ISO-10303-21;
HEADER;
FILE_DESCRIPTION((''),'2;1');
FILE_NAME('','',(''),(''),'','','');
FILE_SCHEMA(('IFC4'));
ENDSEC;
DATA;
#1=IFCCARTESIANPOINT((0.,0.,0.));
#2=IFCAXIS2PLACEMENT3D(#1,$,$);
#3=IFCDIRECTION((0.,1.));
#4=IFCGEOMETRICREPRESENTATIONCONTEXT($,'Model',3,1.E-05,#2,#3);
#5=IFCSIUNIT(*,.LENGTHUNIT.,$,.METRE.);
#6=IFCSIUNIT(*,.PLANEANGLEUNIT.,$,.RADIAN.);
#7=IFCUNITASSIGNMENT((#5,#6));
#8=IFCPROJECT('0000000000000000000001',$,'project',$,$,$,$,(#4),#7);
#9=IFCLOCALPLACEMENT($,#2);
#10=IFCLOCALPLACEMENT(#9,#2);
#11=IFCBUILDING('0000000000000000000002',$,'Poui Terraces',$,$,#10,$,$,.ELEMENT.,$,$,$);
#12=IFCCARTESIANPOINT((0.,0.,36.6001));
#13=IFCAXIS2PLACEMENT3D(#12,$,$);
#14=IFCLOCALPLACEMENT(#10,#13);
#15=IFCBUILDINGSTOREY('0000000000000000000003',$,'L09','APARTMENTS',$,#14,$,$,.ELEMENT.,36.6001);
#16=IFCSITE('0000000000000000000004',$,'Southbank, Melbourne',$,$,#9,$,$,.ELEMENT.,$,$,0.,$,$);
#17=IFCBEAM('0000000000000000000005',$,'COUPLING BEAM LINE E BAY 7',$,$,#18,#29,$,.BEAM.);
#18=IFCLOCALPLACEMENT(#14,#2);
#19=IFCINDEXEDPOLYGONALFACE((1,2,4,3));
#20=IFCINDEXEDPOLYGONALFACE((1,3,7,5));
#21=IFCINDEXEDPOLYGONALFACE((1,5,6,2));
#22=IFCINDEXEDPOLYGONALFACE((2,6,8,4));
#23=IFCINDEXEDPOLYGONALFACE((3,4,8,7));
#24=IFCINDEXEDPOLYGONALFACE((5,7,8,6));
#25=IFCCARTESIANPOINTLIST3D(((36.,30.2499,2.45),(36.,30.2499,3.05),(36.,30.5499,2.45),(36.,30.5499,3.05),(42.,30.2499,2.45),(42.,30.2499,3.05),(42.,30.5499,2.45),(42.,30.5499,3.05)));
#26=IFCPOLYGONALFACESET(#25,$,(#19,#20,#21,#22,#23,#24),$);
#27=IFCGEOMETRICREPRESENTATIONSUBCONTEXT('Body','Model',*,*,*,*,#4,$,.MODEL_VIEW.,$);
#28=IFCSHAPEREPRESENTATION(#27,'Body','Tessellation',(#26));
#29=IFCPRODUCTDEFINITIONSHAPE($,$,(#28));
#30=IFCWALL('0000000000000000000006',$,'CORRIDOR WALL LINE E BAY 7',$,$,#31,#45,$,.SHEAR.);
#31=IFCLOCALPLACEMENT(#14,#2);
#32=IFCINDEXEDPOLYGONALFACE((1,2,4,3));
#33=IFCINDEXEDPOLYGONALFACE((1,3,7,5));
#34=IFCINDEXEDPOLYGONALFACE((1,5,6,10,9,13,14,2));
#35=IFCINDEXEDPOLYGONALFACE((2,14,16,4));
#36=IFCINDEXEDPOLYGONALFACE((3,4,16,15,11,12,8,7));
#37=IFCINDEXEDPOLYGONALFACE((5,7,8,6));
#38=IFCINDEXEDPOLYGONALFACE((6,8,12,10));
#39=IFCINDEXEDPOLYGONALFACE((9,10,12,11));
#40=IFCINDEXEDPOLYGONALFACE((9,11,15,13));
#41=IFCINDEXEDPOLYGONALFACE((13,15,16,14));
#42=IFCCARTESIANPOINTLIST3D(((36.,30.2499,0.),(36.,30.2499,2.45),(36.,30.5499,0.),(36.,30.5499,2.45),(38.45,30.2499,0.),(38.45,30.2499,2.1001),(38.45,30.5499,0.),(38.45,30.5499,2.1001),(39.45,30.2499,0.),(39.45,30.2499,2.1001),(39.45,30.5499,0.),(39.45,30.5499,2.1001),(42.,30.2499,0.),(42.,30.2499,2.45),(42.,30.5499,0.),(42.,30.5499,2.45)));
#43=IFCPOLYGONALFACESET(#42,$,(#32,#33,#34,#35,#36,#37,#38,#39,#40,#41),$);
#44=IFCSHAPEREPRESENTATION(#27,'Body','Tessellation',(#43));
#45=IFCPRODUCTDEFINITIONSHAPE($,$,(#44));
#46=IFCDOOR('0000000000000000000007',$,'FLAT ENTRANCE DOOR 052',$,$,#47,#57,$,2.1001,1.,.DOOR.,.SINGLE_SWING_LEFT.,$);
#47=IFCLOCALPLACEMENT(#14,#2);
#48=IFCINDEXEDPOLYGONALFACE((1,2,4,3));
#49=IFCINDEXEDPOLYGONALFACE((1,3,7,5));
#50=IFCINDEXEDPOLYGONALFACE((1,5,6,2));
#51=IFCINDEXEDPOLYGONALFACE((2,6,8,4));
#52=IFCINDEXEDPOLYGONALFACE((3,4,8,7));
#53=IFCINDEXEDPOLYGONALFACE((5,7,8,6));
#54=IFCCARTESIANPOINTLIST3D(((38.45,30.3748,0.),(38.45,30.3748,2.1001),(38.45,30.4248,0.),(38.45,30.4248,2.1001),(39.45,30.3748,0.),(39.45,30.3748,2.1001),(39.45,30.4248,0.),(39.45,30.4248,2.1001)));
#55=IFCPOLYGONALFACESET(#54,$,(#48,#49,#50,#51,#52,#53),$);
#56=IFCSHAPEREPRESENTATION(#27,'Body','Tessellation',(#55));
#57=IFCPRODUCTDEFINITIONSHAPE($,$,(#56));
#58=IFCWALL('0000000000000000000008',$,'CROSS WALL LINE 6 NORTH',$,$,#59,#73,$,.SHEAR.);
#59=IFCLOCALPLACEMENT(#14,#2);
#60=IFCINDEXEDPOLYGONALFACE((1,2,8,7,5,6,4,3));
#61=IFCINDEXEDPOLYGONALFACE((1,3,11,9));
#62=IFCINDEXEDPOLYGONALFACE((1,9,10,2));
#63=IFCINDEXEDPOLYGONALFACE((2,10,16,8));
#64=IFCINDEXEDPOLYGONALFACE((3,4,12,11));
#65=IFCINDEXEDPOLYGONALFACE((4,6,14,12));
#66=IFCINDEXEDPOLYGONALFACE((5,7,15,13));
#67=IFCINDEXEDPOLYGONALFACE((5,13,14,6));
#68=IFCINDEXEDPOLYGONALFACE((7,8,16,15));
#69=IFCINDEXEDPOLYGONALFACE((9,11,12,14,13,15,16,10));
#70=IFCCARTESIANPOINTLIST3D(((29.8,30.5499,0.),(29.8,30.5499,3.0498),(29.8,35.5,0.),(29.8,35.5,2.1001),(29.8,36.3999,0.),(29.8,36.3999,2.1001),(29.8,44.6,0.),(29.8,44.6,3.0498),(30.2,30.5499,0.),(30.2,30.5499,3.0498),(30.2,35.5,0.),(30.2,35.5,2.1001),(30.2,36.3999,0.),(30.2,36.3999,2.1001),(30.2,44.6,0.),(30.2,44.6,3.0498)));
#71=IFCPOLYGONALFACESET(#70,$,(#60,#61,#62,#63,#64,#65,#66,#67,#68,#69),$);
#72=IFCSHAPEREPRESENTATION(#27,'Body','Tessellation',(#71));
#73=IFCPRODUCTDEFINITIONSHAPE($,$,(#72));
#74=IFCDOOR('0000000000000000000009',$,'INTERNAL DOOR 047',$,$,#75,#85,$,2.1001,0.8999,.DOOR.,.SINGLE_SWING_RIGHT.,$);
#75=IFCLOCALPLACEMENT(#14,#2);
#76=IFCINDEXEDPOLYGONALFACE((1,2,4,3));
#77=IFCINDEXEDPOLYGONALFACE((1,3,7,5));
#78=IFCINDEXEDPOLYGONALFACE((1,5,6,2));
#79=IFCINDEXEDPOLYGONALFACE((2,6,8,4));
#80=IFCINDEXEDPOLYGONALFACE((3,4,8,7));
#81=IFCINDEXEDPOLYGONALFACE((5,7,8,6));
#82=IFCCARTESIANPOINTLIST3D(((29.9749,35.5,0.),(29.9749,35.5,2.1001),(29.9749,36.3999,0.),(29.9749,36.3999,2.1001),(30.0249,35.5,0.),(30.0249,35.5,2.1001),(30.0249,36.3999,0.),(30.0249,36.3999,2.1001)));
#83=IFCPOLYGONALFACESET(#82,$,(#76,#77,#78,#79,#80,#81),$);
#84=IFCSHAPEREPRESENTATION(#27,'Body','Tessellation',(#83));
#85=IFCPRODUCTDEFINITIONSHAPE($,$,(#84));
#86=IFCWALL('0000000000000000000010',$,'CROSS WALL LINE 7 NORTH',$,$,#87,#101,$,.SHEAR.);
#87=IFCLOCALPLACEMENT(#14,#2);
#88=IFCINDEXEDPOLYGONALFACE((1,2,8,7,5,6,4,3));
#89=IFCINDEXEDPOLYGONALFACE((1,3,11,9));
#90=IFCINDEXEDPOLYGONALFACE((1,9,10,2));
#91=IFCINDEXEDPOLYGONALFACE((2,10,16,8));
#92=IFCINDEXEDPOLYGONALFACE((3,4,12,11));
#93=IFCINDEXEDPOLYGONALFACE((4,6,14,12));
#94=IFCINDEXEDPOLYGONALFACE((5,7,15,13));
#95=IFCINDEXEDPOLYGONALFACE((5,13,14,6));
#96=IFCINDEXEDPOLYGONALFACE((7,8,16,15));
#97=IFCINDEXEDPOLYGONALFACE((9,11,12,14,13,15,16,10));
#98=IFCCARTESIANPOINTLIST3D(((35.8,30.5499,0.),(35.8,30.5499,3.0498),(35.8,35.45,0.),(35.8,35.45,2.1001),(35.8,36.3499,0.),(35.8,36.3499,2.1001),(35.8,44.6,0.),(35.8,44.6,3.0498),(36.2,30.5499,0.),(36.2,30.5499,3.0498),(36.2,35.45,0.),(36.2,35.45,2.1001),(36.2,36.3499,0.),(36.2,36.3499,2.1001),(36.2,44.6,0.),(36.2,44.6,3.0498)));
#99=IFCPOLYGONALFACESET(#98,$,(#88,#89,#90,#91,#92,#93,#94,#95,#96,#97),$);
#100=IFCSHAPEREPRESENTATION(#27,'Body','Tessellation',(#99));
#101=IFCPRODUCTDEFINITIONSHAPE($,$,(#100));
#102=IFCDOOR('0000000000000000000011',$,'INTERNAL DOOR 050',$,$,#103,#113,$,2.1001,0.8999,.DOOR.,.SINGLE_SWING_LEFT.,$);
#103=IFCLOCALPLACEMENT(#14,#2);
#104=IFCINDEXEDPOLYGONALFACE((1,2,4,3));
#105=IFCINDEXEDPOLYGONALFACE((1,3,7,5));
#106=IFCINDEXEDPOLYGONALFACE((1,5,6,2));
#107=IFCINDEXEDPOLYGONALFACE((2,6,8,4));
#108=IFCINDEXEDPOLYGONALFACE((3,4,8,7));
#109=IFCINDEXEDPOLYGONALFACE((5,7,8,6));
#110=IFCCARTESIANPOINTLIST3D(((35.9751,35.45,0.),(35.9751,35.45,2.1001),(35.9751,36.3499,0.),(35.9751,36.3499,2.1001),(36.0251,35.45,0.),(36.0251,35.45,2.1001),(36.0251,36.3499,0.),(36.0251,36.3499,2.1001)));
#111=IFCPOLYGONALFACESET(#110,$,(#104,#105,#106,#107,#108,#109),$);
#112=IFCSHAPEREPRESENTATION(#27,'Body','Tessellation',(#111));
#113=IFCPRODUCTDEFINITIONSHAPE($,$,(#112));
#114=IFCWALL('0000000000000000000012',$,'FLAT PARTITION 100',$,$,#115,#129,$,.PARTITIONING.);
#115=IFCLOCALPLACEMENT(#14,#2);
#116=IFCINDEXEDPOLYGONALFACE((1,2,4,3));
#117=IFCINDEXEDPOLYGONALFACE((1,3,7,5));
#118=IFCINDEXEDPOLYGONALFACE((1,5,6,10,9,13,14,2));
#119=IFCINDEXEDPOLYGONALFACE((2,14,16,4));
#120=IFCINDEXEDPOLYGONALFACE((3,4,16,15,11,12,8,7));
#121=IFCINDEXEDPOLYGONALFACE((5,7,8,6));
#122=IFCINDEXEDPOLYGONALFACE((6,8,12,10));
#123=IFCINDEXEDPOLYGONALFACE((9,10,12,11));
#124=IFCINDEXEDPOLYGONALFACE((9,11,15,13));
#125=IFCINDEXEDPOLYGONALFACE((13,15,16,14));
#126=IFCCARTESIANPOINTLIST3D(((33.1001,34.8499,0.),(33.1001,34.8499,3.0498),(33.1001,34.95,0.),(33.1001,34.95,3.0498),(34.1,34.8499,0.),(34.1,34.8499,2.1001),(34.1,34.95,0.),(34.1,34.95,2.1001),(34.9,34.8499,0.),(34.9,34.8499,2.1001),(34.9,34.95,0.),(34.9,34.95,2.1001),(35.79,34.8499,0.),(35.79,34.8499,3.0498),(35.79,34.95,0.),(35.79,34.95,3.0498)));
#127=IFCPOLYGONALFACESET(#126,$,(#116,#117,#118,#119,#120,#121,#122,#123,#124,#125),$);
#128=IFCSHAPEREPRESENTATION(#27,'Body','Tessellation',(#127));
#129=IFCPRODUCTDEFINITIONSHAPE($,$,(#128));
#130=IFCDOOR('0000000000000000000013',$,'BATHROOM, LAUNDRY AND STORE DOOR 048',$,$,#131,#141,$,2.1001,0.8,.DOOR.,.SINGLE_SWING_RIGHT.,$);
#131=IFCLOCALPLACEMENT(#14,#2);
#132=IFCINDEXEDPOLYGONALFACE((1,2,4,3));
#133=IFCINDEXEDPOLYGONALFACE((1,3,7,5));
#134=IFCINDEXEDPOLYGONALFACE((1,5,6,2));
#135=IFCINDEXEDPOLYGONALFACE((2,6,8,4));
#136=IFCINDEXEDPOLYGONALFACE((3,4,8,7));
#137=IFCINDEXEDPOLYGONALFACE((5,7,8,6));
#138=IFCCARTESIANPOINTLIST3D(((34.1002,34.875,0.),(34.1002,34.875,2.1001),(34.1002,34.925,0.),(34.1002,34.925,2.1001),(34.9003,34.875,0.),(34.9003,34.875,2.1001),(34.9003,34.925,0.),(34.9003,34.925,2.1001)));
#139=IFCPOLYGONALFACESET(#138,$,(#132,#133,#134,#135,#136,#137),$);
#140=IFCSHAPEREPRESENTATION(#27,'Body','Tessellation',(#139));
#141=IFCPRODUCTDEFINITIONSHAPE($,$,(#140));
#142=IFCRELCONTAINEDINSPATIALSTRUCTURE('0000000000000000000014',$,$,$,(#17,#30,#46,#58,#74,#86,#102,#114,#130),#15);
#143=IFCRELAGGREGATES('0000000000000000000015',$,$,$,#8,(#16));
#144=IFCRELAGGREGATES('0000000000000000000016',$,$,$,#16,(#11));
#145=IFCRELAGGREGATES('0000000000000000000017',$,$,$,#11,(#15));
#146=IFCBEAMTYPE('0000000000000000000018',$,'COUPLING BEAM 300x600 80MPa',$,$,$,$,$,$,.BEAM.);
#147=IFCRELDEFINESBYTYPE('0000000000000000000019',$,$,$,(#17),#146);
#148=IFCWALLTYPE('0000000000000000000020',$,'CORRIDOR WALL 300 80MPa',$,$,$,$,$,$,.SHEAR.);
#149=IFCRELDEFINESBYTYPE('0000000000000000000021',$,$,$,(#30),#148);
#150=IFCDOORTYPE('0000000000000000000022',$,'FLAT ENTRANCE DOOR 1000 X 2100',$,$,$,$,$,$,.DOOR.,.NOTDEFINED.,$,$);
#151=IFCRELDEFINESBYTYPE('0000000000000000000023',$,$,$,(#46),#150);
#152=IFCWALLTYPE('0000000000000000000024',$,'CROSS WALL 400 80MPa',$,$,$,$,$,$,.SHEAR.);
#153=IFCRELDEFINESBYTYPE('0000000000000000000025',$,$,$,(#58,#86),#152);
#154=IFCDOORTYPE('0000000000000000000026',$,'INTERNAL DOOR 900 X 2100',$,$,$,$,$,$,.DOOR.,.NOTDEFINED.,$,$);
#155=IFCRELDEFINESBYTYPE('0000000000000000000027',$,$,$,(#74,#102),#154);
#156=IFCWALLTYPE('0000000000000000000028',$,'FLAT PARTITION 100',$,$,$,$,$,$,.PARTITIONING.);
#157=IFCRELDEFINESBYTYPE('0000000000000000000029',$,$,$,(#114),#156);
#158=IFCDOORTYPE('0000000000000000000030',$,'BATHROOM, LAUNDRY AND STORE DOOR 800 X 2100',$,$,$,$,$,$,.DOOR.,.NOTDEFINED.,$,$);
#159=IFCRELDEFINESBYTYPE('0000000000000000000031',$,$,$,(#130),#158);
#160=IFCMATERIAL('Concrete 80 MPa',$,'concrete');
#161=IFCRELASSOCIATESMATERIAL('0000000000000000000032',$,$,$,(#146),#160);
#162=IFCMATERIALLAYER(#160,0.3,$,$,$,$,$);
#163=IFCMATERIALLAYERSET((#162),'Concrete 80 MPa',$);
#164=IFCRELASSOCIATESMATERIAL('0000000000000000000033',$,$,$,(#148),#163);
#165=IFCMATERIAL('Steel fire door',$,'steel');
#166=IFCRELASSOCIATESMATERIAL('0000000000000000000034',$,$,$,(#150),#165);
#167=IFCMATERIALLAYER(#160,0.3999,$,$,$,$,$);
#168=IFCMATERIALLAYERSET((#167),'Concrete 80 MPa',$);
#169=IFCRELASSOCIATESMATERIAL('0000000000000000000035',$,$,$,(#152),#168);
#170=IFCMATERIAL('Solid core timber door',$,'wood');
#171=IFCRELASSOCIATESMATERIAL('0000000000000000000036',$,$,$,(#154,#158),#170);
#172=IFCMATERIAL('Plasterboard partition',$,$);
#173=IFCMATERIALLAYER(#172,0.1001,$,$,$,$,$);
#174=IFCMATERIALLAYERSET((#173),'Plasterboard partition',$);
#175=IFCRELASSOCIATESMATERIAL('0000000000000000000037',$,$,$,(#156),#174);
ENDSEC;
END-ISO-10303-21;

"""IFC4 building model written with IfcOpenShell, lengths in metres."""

from ifc_helpers import new_model, si_unit, direction, frame, frame_2d, origin, origin_2d, place, context, subcontext, project, spatial, rectangle, extrude, source, transform, mapped, material, layer, layer_set, material_profile, profile_set, type_object, element, fill, save


model = new_model("IFC4")

# Units and contexts
model_context = context("Model", 3, precision=1e-05, world=origin(), true_north=direction((0.0, 1.0)))
body_context = subcontext(model_context, "Body", "Model", "MODEL_VIEW")
ifc_project = project(units=[si_unit("LENGTHUNIT", "METRE"), si_unit("PLANEANGLEUNIT", "RADIAN")], contexts=[model_context])

# Site, building, storey
site_placement = place(None, origin())
site = spatial("IfcSite", under=ifc_project, at=site_placement, Name="Southbank, Melbourne", CompositionType="ELEMENT", RefElevation=0.0)
building_placement = place(site_placement, origin())
building = spatial("IfcBuilding", under=site, at=building_placement, Name="Poui Terraces", CompositionType="ELEMENT")
storey_placement = place(building_placement, frame((0.0, 0.0, 36.6001)))
storey = spatial("IfcBuildingStorey", under=building, at=storey_placement, Name="L09", Description="APARTMENTS", CompositionType="ELEMENT", Elevation=36.6001)

# Beam
ifc_material_1 = material(Name="Concrete 80 MPa", Category="concrete")
ifc_material_profile_1 = material_profile(ifc_material_1, rectangle(XDim=0.3, YDim=0.6001, at=origin_2d()), Name="RC 300x600")
ifc_profile_set_1 = profile_set([ifc_material_profile_1], Name="Concrete 80 MPa")
beam_type = type_object("IfcBeamType", Name="COUPLING BEAM 300x600 80MPa", PredefinedType="BEAM", material=ifc_profile_set_1)
shared_shape_1 = source(origin(), body_context, "Body", "SweptSolid", [
    extrude(rectangle(XDim=0.3, YDim=0.6001, at=origin_2d()), origin(), (0.0, 0.0, 1.0), 6.0),
])
beam_placement = place(storey_placement, frame((36.0, 30.3999, 2.75), z_axis=(1.0, 0.0, 0.0), x_axis=(0.0, 1.0, 0.0)))
element("IfcBeam", 1, at=beam_placement, inside=storey, type_object=beam_type, Name="COUPLING BEAM LINE E BAY 7", PredefinedType="BEAM", context=body_context, shape_type="MappedRepresentation", body=[
    mapped(shared_shape_1, transform((0.0, 0.0, 0.0))),
])

# Walls, openings, doors
ifc_layer_1 = layer(ifc_material_1, 0.3)
ifc_layer_set_1 = layer_set([ifc_layer_1], Name="Concrete 80 MPa")
wall_type_1 = type_object("IfcWallType", Name="CORRIDOR WALL 300 80MPa", PredefinedType="SHEAR", material=ifc_layer_set_1)
wall_1_placement = place(storey_placement, frame((36.0, 30.3999, 0.0), z_axis=(0.0, 0.0, 1.0), x_axis=(1.0, 0.0, 0.0)))
wall_1 = element("IfcWall", 2, at=wall_1_placement, inside=storey, type_object=wall_type_1, Name="CORRIDOR WALL LINE E BAY 7", PredefinedType="SHEAR", context=body_context, shape_type="SweptSolid", body=[
    extrude(rectangle(XDim=6.0, YDim=0.3, at=frame_2d((3.0, 0.0))), origin(), (0.0, 0.0, 1.0), 2.45),
])
opening_1_placement = place(wall_1_placement, frame((2.45, 0.0, 0.0)))
opening_1 = element("IfcOpeningElement", 3, at=opening_1_placement, cuts=wall_1, PredefinedType="OPENING", context=body_context, shape_type="SweptSolid", body=[
    extrude(rectangle(XDim=1.0, YDim=2.1001, at=frame_2d((0.5, 1.05))), frame((0.0, 0.1602, 0.0), z_axis=(0.0, -1.0, 0.0), x_axis=(1.0, 0.0, 0.0)), (0.0, 0.0, 1.0), 0.3201),
])
ifc_material_2 = material(Name="Steel fire door", Category="steel")
door_type_1 = type_object("IfcDoorType", Name="FLAT ENTRANCE DOOR 1000 X 2100", OperationType="NOTDEFINED", PredefinedType="DOOR", material=ifc_material_2)
door_1_placement = place(opening_1_placement, origin())
door_1 = element("IfcDoor", 4, at=door_1_placement, inside=storey, type_object=door_type_1, Name="FLAT ENTRANCE DOOR 052", OperationType="SINGLE_SWING_LEFT", OverallHeight=2.1001, OverallWidth=1.0, PredefinedType="DOOR", context=body_context, shape_type="SweptSolid", body=[
    extrude(rectangle(XDim=1.0, YDim=2.1001, at=frame_2d((0.5, 1.05))), frame((0.0, 0.0249, 0.0), z_axis=(0.0, -1.0, 0.0), x_axis=(1.0, 0.0, 0.0)), (0.0, 0.0, 1.0), 0.05),
])
fill(opening_1, door_1)
ifc_layer_2 = layer(ifc_material_1, 0.3999)
ifc_layer_set_2 = layer_set([ifc_layer_2], Name="Concrete 80 MPa")
wall_type_2 = type_object("IfcWallType", Name="CROSS WALL 400 80MPa", PredefinedType="SHEAR", material=ifc_layer_set_2)
wall_2_placement = place(storey_placement, frame((30.0, 30.55, 0.0), z_axis=(0.0, 0.0, 1.0), x_axis=(0.0, 1.0, 0.0)))
wall_2 = element("IfcWall", 5, at=wall_2_placement, inside=storey, type_object=wall_type_2, Name="CROSS WALL LINE 6 NORTH", PredefinedType="SHEAR", context=body_context, shape_type="SweptSolid", body=[
    extrude(rectangle(XDim=14.05, YDim=0.3999, at=frame_2d((7.0249, 0.0))), origin(), (0.0, 0.0, 1.0), 3.0498),
])
opening_2_placement = place(wall_2_placement, frame((4.95, 0.0, 0.0)))
opening_2 = element("IfcOpeningElement", 6, at=opening_2_placement, cuts=wall_2, PredefinedType="OPENING", context=body_context, shape_type="SweptSolid", body=[
    extrude(rectangle(XDim=0.8999, YDim=2.1001, at=frame_2d((0.45, 1.05))), frame((0.0, 0.21, 0.0), z_axis=(0.0, -1.0, 0.0), x_axis=(1.0, 0.0, 0.0)), (0.0, 0.0, 1.0), 0.4199),
])
ifc_material_3 = material(Name="Solid core timber door", Category="wood")
door_type_2 = type_object("IfcDoorType", Name="INTERNAL DOOR 900 X 2100", OperationType="NOTDEFINED", PredefinedType="DOOR", material=ifc_material_3)
door_2_placement = place(opening_2_placement, frame((0.8999, 0.0, 0.0), z_axis=(0.0, 0.0, 1.0), x_axis=(-1.0, 0.0, 0.0)))
door_2 = element("IfcDoor", 7, at=door_2_placement, inside=storey, type_object=door_type_2, Name="INTERNAL DOOR 047", OperationType="SINGLE_SWING_RIGHT", OverallHeight=2.1001, OverallWidth=0.8999, PredefinedType="DOOR", context=body_context, shape_type="SweptSolid", body=[
    extrude(rectangle(XDim=0.8999, YDim=2.1001, at=frame_2d((0.45, 1.05))), frame((0.0, 0.0249, 0.0), z_axis=(0.0, -1.0, 0.0), x_axis=(1.0, 0.0, 0.0)), (0.0, 0.0, 1.0), 0.05),
])
fill(opening_2, door_2)
wall_3_placement = place(storey_placement, frame((36.0, 30.55, 0.0), z_axis=(0.0, 0.0, 1.0), x_axis=(0.0, 1.0, 0.0)))
wall_3 = element("IfcWall", 8, at=wall_3_placement, inside=storey, type_object=wall_type_2, Name="CROSS WALL LINE 7 NORTH", PredefinedType="SHEAR", context=body_context, shape_type="SweptSolid", body=[
    extrude(rectangle(XDim=14.05, YDim=0.3999, at=frame_2d((7.0249, 0.0))), origin(), (0.0, 0.0, 1.0), 3.0498),
])
opening_3_placement = place(wall_3_placement, frame((4.8999, 0.0, 0.0)))
opening_3 = element("IfcOpeningElement", 9, at=opening_3_placement, cuts=wall_3, PredefinedType="OPENING", context=body_context, shape_type="SweptSolid", body=[
    extrude(rectangle(XDim=0.8999, YDim=2.1001, at=frame_2d((0.45, 1.05))), frame((0.0, 0.21, 0.0), z_axis=(0.0, -1.0, 0.0), x_axis=(1.0, 0.0, 0.0)), (0.0, 0.0, 1.0), 0.4199),
])
door_3_placement = place(opening_3_placement, origin())
door_3 = element("IfcDoor", 10, at=door_3_placement, inside=storey, type_object=door_type_2, Name="INTERNAL DOOR 050", OperationType="SINGLE_SWING_LEFT", OverallHeight=2.1001, OverallWidth=0.8999, PredefinedType="DOOR", context=body_context, shape_type="SweptSolid", body=[
    extrude(rectangle(XDim=0.8999, YDim=2.1001, at=frame_2d((0.45, 1.05))), frame((0.0, 0.0249, 0.0), z_axis=(0.0, -1.0, 0.0), x_axis=(1.0, 0.0, 0.0)), (0.0, 0.0, 1.0), 0.05),
])
fill(opening_3, door_3)
ifc_material_4 = material(Name="Plasterboard partition")
ifc_layer_3 = layer(ifc_material_4, 0.1001)
ifc_layer_set_3 = layer_set([ifc_layer_3], Name="Plasterboard partition")
wall_type_3 = type_object("IfcWallType", Name="FLAT PARTITION 100", PredefinedType="PARTITIONING", material=ifc_layer_set_3)
wall_4_placement = place(storey_placement, frame((33.1001, 34.8999, 0.0), z_axis=(0.0, 0.0, 1.0), x_axis=(1.0, 0.0, 0.0)))
wall_4 = element("IfcWall", 11, at=wall_4_placement, inside=storey, type_object=wall_type_3, Name="FLAT PARTITION 100", PredefinedType="PARTITIONING", context=body_context, shape_type="SweptSolid", body=[
    extrude(rectangle(XDim=2.6899, YDim=0.1001, at=frame_2d((1.345, 0.0))), origin(), (0.0, 0.0, 1.0), 3.0498),
])
opening_4_placement = place(wall_4_placement, frame((1.0, 0.0, 0.0)))
opening_4 = element("IfcOpeningElement", 12, at=opening_4_placement, cuts=wall_4, PredefinedType="OPENING", context=body_context, shape_type="SweptSolid", body=[
    extrude(rectangle(XDim=0.8, YDim=2.1001, at=frame_2d((0.3999, 1.05))), frame((0.0, 0.0601, 0.0), z_axis=(0.0, -1.0, 0.0), x_axis=(1.0, 0.0, 0.0)), (0.0, 0.0, 1.0), 0.1201),
])
door_type_3 = type_object("IfcDoorType", Name="BATHROOM, LAUNDRY AND STORE DOOR 800 X 2100", OperationType="NOTDEFINED", PredefinedType="DOOR", material=ifc_material_3)
door_4_placement = place(opening_4_placement, frame((0.8, 0.0, 0.0), z_axis=(0.0, 0.0, 1.0), x_axis=(-1.0, 0.0, 0.0)))
door_4 = element("IfcDoor", 13, at=door_4_placement, inside=storey, type_object=door_type_3, Name="BATHROOM, LAUNDRY AND STORE DOOR 048", OperationType="SINGLE_SWING_RIGHT", OverallHeight=2.1001, OverallWidth=0.8, PredefinedType="DOOR", context=body_context, shape_type="SweptSolid", body=[
    extrude(rectangle(XDim=0.8, YDim=2.1001, at=frame_2d((0.3999, 1.05))), frame((0.0, 0.0249, 0.0), z_axis=(0.0, -1.0, 0.0), x_axis=(1.0, 0.0, 0.0)), (0.0, 0.0, 1.0), 0.05),
])
fill(opening_4, door_4)

save(model, "model.ifc")
